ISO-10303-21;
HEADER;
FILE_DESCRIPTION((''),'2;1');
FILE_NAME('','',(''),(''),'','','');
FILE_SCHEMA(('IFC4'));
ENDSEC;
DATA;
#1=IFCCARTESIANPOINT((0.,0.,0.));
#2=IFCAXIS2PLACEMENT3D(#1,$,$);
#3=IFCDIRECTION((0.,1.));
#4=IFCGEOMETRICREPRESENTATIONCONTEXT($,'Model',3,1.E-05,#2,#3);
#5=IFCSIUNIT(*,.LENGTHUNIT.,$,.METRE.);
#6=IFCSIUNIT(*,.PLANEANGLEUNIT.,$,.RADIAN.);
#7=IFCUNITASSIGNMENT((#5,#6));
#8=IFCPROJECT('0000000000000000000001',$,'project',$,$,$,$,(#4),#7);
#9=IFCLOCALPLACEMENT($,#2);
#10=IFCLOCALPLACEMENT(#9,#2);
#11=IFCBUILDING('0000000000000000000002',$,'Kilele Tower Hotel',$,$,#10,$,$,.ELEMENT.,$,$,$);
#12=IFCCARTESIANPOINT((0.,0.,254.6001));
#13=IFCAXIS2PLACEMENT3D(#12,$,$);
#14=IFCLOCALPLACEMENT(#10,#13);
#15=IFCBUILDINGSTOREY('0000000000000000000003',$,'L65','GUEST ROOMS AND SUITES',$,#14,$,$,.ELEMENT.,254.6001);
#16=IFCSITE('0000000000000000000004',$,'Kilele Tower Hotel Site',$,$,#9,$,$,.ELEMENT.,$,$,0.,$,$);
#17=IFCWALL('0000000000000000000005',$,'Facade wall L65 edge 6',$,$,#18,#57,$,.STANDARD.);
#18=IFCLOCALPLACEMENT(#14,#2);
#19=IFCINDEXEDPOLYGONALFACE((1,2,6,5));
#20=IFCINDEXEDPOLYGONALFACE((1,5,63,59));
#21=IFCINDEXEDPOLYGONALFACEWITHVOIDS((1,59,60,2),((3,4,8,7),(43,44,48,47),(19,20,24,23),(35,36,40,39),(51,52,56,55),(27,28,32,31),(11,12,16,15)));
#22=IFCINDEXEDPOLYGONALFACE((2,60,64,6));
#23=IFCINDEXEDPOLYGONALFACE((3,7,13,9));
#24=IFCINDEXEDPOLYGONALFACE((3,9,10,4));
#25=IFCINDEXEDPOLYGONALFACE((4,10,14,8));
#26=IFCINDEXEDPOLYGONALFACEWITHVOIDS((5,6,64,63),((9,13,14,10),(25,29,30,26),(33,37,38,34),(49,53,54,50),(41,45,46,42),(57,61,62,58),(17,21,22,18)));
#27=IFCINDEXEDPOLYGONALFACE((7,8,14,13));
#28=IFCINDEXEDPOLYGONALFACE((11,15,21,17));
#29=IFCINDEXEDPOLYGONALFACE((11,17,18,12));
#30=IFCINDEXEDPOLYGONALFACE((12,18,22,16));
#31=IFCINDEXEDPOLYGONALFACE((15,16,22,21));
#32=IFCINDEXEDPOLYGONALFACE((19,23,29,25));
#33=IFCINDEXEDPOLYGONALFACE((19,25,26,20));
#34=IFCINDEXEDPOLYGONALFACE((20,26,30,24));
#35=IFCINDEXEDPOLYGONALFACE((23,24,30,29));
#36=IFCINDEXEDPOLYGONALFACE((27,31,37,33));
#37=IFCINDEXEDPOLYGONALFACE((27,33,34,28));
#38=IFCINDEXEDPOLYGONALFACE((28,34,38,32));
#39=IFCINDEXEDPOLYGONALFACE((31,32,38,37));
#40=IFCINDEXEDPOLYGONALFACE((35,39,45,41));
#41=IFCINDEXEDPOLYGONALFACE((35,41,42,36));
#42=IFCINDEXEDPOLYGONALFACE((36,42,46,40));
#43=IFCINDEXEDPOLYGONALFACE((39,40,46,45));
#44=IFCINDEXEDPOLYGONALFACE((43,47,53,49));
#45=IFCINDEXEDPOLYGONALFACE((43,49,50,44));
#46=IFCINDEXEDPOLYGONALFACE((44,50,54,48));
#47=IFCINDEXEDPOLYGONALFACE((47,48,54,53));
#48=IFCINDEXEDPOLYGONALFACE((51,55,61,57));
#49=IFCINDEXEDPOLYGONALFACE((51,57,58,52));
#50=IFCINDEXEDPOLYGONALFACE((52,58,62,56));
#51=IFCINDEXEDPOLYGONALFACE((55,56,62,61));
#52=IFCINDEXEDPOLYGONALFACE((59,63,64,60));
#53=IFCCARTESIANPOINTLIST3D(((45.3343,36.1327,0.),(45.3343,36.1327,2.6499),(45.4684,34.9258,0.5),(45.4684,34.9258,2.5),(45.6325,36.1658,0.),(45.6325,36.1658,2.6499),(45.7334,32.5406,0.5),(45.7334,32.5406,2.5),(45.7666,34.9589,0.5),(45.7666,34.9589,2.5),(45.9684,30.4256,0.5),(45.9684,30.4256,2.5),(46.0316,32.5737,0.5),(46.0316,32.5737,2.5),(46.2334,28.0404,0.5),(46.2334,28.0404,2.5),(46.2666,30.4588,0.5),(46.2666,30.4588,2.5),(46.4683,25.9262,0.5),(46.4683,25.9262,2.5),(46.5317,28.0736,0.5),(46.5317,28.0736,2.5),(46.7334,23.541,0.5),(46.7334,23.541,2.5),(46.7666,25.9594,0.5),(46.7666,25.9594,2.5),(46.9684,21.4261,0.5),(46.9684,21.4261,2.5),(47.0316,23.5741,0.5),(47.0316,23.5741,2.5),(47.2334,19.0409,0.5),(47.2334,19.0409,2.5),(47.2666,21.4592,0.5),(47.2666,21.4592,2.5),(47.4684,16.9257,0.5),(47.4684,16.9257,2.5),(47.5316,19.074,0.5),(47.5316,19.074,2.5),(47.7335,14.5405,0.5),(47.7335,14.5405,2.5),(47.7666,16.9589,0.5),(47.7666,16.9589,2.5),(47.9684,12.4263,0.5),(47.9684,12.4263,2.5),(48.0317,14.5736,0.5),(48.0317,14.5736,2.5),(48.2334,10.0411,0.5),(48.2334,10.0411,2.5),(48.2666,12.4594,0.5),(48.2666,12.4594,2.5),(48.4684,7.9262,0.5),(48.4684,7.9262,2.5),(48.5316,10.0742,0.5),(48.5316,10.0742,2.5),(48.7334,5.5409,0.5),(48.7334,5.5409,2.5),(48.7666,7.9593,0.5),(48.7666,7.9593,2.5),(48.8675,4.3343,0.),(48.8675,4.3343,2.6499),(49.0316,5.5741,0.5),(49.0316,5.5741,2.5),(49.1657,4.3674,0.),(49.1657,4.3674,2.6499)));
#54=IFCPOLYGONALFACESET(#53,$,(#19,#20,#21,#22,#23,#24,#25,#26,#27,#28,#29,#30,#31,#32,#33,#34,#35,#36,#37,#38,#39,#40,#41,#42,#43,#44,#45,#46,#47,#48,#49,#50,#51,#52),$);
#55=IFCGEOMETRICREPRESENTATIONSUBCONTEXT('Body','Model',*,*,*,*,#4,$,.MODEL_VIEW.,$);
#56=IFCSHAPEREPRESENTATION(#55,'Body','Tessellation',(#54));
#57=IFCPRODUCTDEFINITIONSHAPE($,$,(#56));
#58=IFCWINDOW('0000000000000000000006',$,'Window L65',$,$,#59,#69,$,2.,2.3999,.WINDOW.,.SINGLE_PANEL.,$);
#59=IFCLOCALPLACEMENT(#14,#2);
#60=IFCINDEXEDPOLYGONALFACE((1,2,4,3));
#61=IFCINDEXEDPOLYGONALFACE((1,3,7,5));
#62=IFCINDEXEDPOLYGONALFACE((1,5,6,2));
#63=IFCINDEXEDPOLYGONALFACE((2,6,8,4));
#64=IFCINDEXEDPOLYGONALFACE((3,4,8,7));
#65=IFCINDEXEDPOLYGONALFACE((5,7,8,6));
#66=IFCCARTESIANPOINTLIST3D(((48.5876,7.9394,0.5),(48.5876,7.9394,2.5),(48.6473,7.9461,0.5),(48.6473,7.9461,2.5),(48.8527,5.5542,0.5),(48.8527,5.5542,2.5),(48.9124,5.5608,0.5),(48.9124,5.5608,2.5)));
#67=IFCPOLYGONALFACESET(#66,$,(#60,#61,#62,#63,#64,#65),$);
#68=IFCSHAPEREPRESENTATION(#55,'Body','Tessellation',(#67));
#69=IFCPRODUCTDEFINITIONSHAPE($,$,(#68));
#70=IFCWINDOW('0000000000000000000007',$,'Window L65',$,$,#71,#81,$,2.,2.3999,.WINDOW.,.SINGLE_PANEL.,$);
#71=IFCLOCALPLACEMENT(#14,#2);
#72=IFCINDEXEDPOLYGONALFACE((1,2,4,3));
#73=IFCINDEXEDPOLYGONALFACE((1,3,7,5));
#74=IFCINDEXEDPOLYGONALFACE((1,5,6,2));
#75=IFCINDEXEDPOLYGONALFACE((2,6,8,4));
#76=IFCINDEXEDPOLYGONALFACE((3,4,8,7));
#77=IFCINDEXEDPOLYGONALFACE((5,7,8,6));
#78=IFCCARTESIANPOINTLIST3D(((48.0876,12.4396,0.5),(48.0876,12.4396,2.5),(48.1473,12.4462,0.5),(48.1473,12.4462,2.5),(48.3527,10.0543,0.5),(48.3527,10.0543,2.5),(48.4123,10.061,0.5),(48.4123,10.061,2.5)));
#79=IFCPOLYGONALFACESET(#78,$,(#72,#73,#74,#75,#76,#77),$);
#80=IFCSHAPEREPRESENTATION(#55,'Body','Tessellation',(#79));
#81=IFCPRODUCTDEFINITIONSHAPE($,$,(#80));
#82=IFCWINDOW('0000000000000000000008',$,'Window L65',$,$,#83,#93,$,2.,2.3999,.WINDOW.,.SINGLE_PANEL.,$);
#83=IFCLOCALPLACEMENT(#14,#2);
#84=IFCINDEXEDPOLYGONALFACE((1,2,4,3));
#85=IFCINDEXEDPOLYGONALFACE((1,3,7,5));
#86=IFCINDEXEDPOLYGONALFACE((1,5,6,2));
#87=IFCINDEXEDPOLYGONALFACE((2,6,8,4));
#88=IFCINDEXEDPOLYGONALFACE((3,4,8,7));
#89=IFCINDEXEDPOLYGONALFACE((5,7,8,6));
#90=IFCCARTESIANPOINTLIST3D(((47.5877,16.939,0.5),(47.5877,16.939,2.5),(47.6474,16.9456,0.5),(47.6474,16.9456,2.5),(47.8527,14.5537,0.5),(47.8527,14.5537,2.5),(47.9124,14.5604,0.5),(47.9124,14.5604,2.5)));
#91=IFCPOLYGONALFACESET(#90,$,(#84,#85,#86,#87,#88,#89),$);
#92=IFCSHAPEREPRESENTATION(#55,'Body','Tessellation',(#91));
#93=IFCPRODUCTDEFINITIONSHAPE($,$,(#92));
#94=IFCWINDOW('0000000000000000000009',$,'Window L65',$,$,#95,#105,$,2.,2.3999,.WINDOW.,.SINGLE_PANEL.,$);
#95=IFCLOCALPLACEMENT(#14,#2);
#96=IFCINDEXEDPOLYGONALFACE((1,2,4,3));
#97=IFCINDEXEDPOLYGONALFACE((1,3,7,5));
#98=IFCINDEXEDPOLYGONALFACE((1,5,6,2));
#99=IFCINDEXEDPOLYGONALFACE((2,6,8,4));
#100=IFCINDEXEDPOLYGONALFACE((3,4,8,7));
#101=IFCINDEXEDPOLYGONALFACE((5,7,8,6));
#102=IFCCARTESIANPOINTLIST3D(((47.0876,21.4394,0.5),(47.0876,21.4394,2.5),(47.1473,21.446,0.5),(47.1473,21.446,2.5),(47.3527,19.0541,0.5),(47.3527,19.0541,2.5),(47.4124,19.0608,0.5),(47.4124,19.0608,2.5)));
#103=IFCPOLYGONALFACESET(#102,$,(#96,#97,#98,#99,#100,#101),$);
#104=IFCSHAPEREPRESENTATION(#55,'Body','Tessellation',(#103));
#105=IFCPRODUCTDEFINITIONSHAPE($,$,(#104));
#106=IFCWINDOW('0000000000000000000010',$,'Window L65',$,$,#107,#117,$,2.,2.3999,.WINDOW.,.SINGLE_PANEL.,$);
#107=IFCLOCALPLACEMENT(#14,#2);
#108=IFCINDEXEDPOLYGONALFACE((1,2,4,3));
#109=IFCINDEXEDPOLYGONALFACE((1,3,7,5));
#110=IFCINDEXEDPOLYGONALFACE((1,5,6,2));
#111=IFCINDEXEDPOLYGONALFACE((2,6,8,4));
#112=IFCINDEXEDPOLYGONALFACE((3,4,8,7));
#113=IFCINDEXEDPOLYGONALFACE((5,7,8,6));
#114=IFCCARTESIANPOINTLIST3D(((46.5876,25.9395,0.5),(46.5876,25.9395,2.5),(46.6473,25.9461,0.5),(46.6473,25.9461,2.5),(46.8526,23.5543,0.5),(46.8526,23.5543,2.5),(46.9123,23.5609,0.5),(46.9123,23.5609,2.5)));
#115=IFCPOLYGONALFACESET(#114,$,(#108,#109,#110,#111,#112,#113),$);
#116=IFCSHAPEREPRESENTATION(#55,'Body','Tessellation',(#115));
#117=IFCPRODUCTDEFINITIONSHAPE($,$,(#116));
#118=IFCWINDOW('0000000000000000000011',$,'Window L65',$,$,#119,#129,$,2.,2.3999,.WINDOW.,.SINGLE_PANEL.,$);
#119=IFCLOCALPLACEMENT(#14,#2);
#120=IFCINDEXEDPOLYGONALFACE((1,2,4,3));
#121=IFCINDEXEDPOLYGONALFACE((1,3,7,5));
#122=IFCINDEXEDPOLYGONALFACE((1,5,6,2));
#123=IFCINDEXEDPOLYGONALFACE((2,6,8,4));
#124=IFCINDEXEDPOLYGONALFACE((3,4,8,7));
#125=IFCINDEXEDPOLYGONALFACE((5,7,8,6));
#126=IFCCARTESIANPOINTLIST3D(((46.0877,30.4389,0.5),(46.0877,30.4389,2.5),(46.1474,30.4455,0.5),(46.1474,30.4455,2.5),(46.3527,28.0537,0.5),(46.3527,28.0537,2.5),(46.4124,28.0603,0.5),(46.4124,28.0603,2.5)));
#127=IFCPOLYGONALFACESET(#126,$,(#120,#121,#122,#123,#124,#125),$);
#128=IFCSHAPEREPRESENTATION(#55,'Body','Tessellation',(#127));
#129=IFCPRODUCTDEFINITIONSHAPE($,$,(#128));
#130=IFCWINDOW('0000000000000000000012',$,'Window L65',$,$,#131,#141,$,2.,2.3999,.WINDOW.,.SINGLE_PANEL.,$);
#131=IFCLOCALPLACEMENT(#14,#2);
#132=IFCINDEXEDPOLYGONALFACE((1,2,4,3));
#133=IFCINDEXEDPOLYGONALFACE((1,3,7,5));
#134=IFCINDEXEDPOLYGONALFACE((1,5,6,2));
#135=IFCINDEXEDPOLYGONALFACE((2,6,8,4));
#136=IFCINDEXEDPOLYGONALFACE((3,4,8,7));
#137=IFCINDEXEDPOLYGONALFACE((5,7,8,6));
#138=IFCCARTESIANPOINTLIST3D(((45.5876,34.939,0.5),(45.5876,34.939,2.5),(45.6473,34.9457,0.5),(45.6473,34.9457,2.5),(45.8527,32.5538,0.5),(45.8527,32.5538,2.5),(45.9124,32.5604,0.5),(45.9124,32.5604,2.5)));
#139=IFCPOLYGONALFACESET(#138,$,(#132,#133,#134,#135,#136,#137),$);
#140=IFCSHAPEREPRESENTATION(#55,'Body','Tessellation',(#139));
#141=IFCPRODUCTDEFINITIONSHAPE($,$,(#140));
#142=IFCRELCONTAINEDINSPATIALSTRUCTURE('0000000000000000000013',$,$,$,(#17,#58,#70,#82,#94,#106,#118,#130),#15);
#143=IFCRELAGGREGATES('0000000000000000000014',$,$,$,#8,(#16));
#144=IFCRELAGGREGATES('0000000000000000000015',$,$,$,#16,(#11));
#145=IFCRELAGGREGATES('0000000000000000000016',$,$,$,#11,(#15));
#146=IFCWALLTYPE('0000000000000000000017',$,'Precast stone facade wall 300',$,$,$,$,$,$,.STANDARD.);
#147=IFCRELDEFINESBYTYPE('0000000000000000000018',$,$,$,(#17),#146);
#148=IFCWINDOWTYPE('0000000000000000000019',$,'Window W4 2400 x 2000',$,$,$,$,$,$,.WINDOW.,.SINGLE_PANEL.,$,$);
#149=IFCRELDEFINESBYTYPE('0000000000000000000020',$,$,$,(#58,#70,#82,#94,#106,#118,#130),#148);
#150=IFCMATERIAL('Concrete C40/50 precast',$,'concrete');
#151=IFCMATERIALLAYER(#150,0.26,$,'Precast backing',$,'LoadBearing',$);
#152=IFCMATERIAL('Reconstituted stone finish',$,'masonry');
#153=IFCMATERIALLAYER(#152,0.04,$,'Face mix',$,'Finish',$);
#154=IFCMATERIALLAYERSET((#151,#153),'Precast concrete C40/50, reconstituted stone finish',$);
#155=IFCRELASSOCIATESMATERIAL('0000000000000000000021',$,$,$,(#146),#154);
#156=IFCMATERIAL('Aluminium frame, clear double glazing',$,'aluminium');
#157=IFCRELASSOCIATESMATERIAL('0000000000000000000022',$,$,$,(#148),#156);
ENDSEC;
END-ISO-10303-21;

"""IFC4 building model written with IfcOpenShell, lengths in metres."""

from ifc_helpers import new_model, si_unit, direction, frame, frame_2d, origin, place, context, subcontext, project, spatial, rectangle, extrude, material, layer, layer_set, type_object, element, fill, save


model = new_model("IFC4")

# Units and contexts
model_context = context("Model", 3, precision=1e-05, world=origin(), true_north=direction((0.0, 1.0)))
body_context = subcontext(model_context, "Body", "Model", "MODEL_VIEW")
ifc_project = project(units=[si_unit("LENGTHUNIT", "METRE"), si_unit("PLANEANGLEUNIT", "RADIAN")], contexts=[model_context])

# Site, building, storey
site_placement = place(None, origin())
site = spatial("IfcSite", under=ifc_project, at=site_placement, Name="Kilele Tower Hotel Site", CompositionType="ELEMENT", RefElevation=0.0)
building_placement = place(site_placement, origin())
building = spatial("IfcBuilding", under=site, at=building_placement, Name="Kilele Tower Hotel", CompositionType="ELEMENT")
storey_placement = place(building_placement, frame((0.0, 0.0, 254.6001)))
storey = spatial("IfcBuildingStorey", under=building, at=storey_placement, Name="L65", Description="GUEST ROOMS AND SUITES", CompositionType="ELEMENT", Elevation=254.6001)

# Shared definitions
ifc_material_1 = material(Name="Concrete C40/50 precast", Category="concrete")
ifc_layer_1 = layer(ifc_material_1, 0.26, Name="Precast backing", Category="LoadBearing")
ifc_material_2 = material(Name="Reconstituted stone finish", Category="masonry")
ifc_layer_2 = layer(ifc_material_2, 0.04, Name="Face mix", Category="Finish")
ifc_layer_set = layer_set([ifc_layer_1, ifc_layer_2], Name="Precast concrete C40/50, reconstituted stone finish")
wall_type = type_object("IfcWallType", Name="Precast stone facade wall 300", PredefinedType="STANDARD", material=ifc_layer_set)
ifc_material_3 = material(Name="Aluminium frame, clear double glazing", Category="aluminium")
window_type_1 = type_object("IfcWindowType", Name="Window W4 2400 x 2000", PartitioningType="SINGLE_PANEL", PredefinedType="WINDOW", material=ifc_material_3)

# Wall, openings, windows
wall_1_placement = place(storey_placement, frame((49.0166, 4.3508, 0.0), z_axis=(0.0, 0.0, 1.0), x_axis=(-0.110433, 0.993884, 0.0)))
wall_1 = element("IfcWall", 1, at=wall_1_placement, inside=storey, type_object=wall_type, Name="Facade wall L65 edge 6", PredefinedType="STANDARD", context=body_context, shape_type="SweptSolid", body=[
    extrude(rectangle(XDim=31.9941, YDim=0.3, at=frame_2d((15.9971, 0.0))), origin(), (0.0, 0.0, 1.0), 2.6499),
])
opening_1_placement = place(wall_1_placement, frame((1.2141, 0.0, 0.5)))
opening_1 = element("IfcOpeningElement", 2, at=opening_1_placement, cuts=wall_1, PredefinedType="OPENING", context=body_context, shape_type="SweptSolid", body=[
    extrude(rectangle(XDim=2.3999, YDim=2.0, at=frame_2d((1.2, 1.0))), frame((0.0, 0.1599, 0.0), z_axis=(0.0, -1.0, 0.0), x_axis=(1.0, 0.0, 0.0)), (0.0, 0.0, 1.0), 0.3201),
])
opening_2_placement = place(wall_1_placement, frame((5.7419, 0.0, 0.5)))
opening_2 = element("IfcOpeningElement", 3, at=opening_2_placement, cuts=wall_1, PredefinedType="OPENING", context=body_context, shape_type="SweptSolid", body=[
    extrude(rectangle(XDim=2.3999, YDim=2.0, at=frame_2d((1.2, 1.0))), frame((0.0, 0.1599, 0.0), z_axis=(0.0, -1.0, 0.0), x_axis=(1.0, 0.0, 0.0)), (0.0, 0.0, 1.0), 0.3201),
])
opening_3_placement = place(wall_1_placement, frame((10.269, 0.0, 0.5)))
opening_3 = element("IfcOpeningElement", 4, at=opening_3_placement, cuts=wall_1, PredefinedType="OPENING", context=body_context, shape_type="SweptSolid", body=[
    extrude(rectangle(XDim=2.3999, YDim=2.0, at=frame_2d((1.2, 1.0))), frame((0.0, 0.1599, 0.0), z_axis=(0.0, -1.0, 0.0), x_axis=(1.0, 0.0, 0.0)), (0.0, 0.0, 1.0), 0.3201),
])
opening_4_placement = place(wall_1_placement, frame((14.7971, 0.0, 0.5)))
opening_4 = element("IfcOpeningElement", 5, at=opening_4_placement, cuts=wall_1, PredefinedType="OPENING", context=body_context, shape_type="SweptSolid", body=[
    extrude(rectangle(XDim=2.3999, YDim=2.0, at=frame_2d((1.2, 1.0))), frame((0.0, 0.1599, 0.0), z_axis=(0.0, -1.0, 0.0), x_axis=(1.0, 0.0, 0.0)), (0.0, 0.0, 1.0), 0.3201),
])
opening_5_placement = place(wall_1_placement, frame((19.325, 0.0, 0.5)))
opening_5 = element("IfcOpeningElement", 6, at=opening_5_placement, cuts=wall_1, PredefinedType="OPENING", context=body_context, shape_type="SweptSolid", body=[
    extrude(rectangle(XDim=2.3999, YDim=2.0, at=frame_2d((1.2, 1.0))), frame((0.0, 0.1599, 0.0), z_axis=(0.0, -1.0, 0.0), x_axis=(1.0, 0.0, 0.0)), (0.0, 0.0, 1.0), 0.3201),
])
opening_6_placement = place(wall_1_placement, frame((23.8521, 0.0, 0.5)))
opening_6 = element("IfcOpeningElement", 7, at=opening_6_placement, cuts=wall_1, PredefinedType="OPENING", context=body_context, shape_type="SweptSolid", body=[
    extrude(rectangle(XDim=2.3999, YDim=2.0, at=frame_2d((1.2, 1.0))), frame((0.0, 0.1599, 0.0), z_axis=(0.0, -1.0, 0.0), x_axis=(1.0, 0.0, 0.0)), (0.0, 0.0, 1.0), 0.3201),
])
opening_7_placement = place(wall_1_placement, frame((28.3799, 0.0, 0.5)))
opening_7 = element("IfcOpeningElement", 8, at=opening_7_placement, cuts=wall_1, PredefinedType="OPENING", context=body_context, shape_type="SweptSolid", body=[
    extrude(rectangle(XDim=2.3999, YDim=2.0, at=frame_2d((1.2, 1.0))), frame((0.0, 0.1599, 0.0), z_axis=(0.0, -1.0, 0.0), x_axis=(1.0, 0.0, 0.0)), (0.0, 0.0, 1.0), 0.3201),
])
window_1_placement = place(opening_1_placement, origin())
window_1 = element("IfcWindow", 9, at=window_1_placement, inside=storey, type_object=window_type_1, Name="Window L65", OverallHeight=2.0, OverallWidth=2.3999, PartitioningType="SINGLE_PANEL", PredefinedType="WINDOW", context=body_context, shape_type="SweptSolid", body=[
    extrude(rectangle(XDim=2.3999, YDim=2.0, at=frame_2d((1.2, 1.0))), frame((0.0, 0.03, 0.0), z_axis=(0.0, -1.0, 0.0), x_axis=(1.0, 0.0, 0.0)), (0.0, 0.0, 1.0), 0.0601),
])
fill(opening_1, window_1)
window_2_placement = place(opening_2_placement, origin())
window_2 = element("IfcWindow", 10, at=window_2_placement, inside=storey, type_object=window_type_1, Name="Window L65", OverallHeight=2.0, OverallWidth=2.3999, PartitioningType="SINGLE_PANEL", PredefinedType="WINDOW", context=body_context, shape_type="SweptSolid", body=[
    extrude(rectangle(XDim=2.3999, YDim=2.0, at=frame_2d((1.2, 1.0))), frame((0.0, 0.03, 0.0), z_axis=(0.0, -1.0, 0.0), x_axis=(1.0, 0.0, 0.0)), (0.0, 0.0, 1.0), 0.0601),
])
fill(opening_2, window_2)
window_3_placement = place(opening_3_placement, origin())
window_3 = element("IfcWindow", 11, at=window_3_placement, inside=storey, type_object=window_type_1, Name="Window L65", OverallHeight=2.0, OverallWidth=2.3999, PartitioningType="SINGLE_PANEL", PredefinedType="WINDOW", context=body_context, shape_type="SweptSolid", body=[
    extrude(rectangle(XDim=2.3999, YDim=2.0, at=frame_2d((1.2, 1.0))), frame((0.0, 0.03, 0.0), z_axis=(0.0, -1.0, 0.0), x_axis=(1.0, 0.0, 0.0)), (0.0, 0.0, 1.0), 0.0601),
])
fill(opening_3, window_3)
window_4_placement = place(opening_4_placement, origin())
window_4 = element("IfcWindow", 12, at=window_4_placement, inside=storey, type_object=window_type_1, Name="Window L65", OverallHeight=2.0, OverallWidth=2.3999, PartitioningType="SINGLE_PANEL", PredefinedType="WINDOW", context=body_context, shape_type="SweptSolid", body=[
    extrude(rectangle(XDim=2.3999, YDim=2.0, at=frame_2d((1.2, 1.0))), frame((0.0, 0.03, 0.0), z_axis=(0.0, -1.0, 0.0), x_axis=(1.0, 0.0, 0.0)), (0.0, 0.0, 1.0), 0.0601),
])
fill(opening_4, window_4)
window_5_placement = place(opening_5_placement, origin())
window_5 = element("IfcWindow", 13, at=window_5_placement, inside=storey, type_object=window_type_1, Name="Window L65", OverallHeight=2.0, OverallWidth=2.3999, PartitioningType="SINGLE_PANEL", PredefinedType="WINDOW", context=body_context, shape_type="SweptSolid", body=[
    extrude(rectangle(XDim=2.3999, YDim=2.0, at=frame_2d((1.2, 1.0))), frame((0.0, 0.03, 0.0), z_axis=(0.0, -1.0, 0.0), x_axis=(1.0, 0.0, 0.0)), (0.0, 0.0, 1.0), 0.0601),
])
fill(opening_5, window_5)
window_6_placement = place(opening_6_placement, origin())
window_6 = element("IfcWindow", 14, at=window_6_placement, inside=storey, type_object=window_type_1, Name="Window L65", OverallHeight=2.0, OverallWidth=2.3999, PartitioningType="SINGLE_PANEL", PredefinedType="WINDOW", context=body_context, shape_type="SweptSolid", body=[
    extrude(rectangle(XDim=2.3999, YDim=2.0, at=frame_2d((1.2, 1.0))), frame((0.0, 0.03, 0.0), z_axis=(0.0, -1.0, 0.0), x_axis=(1.0, 0.0, 0.0)), (0.0, 0.0, 1.0), 0.0601),
])
fill(opening_6, window_6)
window_7_placement = place(opening_7_placement, origin())
window_7 = element("IfcWindow", 15, at=window_7_placement, inside=storey, type_object=window_type_1, Name="Window L65", OverallHeight=2.0, OverallWidth=2.3999, PartitioningType="SINGLE_PANEL", PredefinedType="WINDOW", context=body_context, shape_type="SweptSolid", body=[
    extrude(rectangle(XDim=2.3999, YDim=2.0, at=frame_2d((1.2, 1.0))), frame((0.0, 0.03, 0.0), z_axis=(0.0, -1.0, 0.0), x_axis=(1.0, 0.0, 0.0)), (0.0, 0.0, 1.0), 0.0601),
])
fill(opening_7, window_7)

save(model, "model.ifc")
